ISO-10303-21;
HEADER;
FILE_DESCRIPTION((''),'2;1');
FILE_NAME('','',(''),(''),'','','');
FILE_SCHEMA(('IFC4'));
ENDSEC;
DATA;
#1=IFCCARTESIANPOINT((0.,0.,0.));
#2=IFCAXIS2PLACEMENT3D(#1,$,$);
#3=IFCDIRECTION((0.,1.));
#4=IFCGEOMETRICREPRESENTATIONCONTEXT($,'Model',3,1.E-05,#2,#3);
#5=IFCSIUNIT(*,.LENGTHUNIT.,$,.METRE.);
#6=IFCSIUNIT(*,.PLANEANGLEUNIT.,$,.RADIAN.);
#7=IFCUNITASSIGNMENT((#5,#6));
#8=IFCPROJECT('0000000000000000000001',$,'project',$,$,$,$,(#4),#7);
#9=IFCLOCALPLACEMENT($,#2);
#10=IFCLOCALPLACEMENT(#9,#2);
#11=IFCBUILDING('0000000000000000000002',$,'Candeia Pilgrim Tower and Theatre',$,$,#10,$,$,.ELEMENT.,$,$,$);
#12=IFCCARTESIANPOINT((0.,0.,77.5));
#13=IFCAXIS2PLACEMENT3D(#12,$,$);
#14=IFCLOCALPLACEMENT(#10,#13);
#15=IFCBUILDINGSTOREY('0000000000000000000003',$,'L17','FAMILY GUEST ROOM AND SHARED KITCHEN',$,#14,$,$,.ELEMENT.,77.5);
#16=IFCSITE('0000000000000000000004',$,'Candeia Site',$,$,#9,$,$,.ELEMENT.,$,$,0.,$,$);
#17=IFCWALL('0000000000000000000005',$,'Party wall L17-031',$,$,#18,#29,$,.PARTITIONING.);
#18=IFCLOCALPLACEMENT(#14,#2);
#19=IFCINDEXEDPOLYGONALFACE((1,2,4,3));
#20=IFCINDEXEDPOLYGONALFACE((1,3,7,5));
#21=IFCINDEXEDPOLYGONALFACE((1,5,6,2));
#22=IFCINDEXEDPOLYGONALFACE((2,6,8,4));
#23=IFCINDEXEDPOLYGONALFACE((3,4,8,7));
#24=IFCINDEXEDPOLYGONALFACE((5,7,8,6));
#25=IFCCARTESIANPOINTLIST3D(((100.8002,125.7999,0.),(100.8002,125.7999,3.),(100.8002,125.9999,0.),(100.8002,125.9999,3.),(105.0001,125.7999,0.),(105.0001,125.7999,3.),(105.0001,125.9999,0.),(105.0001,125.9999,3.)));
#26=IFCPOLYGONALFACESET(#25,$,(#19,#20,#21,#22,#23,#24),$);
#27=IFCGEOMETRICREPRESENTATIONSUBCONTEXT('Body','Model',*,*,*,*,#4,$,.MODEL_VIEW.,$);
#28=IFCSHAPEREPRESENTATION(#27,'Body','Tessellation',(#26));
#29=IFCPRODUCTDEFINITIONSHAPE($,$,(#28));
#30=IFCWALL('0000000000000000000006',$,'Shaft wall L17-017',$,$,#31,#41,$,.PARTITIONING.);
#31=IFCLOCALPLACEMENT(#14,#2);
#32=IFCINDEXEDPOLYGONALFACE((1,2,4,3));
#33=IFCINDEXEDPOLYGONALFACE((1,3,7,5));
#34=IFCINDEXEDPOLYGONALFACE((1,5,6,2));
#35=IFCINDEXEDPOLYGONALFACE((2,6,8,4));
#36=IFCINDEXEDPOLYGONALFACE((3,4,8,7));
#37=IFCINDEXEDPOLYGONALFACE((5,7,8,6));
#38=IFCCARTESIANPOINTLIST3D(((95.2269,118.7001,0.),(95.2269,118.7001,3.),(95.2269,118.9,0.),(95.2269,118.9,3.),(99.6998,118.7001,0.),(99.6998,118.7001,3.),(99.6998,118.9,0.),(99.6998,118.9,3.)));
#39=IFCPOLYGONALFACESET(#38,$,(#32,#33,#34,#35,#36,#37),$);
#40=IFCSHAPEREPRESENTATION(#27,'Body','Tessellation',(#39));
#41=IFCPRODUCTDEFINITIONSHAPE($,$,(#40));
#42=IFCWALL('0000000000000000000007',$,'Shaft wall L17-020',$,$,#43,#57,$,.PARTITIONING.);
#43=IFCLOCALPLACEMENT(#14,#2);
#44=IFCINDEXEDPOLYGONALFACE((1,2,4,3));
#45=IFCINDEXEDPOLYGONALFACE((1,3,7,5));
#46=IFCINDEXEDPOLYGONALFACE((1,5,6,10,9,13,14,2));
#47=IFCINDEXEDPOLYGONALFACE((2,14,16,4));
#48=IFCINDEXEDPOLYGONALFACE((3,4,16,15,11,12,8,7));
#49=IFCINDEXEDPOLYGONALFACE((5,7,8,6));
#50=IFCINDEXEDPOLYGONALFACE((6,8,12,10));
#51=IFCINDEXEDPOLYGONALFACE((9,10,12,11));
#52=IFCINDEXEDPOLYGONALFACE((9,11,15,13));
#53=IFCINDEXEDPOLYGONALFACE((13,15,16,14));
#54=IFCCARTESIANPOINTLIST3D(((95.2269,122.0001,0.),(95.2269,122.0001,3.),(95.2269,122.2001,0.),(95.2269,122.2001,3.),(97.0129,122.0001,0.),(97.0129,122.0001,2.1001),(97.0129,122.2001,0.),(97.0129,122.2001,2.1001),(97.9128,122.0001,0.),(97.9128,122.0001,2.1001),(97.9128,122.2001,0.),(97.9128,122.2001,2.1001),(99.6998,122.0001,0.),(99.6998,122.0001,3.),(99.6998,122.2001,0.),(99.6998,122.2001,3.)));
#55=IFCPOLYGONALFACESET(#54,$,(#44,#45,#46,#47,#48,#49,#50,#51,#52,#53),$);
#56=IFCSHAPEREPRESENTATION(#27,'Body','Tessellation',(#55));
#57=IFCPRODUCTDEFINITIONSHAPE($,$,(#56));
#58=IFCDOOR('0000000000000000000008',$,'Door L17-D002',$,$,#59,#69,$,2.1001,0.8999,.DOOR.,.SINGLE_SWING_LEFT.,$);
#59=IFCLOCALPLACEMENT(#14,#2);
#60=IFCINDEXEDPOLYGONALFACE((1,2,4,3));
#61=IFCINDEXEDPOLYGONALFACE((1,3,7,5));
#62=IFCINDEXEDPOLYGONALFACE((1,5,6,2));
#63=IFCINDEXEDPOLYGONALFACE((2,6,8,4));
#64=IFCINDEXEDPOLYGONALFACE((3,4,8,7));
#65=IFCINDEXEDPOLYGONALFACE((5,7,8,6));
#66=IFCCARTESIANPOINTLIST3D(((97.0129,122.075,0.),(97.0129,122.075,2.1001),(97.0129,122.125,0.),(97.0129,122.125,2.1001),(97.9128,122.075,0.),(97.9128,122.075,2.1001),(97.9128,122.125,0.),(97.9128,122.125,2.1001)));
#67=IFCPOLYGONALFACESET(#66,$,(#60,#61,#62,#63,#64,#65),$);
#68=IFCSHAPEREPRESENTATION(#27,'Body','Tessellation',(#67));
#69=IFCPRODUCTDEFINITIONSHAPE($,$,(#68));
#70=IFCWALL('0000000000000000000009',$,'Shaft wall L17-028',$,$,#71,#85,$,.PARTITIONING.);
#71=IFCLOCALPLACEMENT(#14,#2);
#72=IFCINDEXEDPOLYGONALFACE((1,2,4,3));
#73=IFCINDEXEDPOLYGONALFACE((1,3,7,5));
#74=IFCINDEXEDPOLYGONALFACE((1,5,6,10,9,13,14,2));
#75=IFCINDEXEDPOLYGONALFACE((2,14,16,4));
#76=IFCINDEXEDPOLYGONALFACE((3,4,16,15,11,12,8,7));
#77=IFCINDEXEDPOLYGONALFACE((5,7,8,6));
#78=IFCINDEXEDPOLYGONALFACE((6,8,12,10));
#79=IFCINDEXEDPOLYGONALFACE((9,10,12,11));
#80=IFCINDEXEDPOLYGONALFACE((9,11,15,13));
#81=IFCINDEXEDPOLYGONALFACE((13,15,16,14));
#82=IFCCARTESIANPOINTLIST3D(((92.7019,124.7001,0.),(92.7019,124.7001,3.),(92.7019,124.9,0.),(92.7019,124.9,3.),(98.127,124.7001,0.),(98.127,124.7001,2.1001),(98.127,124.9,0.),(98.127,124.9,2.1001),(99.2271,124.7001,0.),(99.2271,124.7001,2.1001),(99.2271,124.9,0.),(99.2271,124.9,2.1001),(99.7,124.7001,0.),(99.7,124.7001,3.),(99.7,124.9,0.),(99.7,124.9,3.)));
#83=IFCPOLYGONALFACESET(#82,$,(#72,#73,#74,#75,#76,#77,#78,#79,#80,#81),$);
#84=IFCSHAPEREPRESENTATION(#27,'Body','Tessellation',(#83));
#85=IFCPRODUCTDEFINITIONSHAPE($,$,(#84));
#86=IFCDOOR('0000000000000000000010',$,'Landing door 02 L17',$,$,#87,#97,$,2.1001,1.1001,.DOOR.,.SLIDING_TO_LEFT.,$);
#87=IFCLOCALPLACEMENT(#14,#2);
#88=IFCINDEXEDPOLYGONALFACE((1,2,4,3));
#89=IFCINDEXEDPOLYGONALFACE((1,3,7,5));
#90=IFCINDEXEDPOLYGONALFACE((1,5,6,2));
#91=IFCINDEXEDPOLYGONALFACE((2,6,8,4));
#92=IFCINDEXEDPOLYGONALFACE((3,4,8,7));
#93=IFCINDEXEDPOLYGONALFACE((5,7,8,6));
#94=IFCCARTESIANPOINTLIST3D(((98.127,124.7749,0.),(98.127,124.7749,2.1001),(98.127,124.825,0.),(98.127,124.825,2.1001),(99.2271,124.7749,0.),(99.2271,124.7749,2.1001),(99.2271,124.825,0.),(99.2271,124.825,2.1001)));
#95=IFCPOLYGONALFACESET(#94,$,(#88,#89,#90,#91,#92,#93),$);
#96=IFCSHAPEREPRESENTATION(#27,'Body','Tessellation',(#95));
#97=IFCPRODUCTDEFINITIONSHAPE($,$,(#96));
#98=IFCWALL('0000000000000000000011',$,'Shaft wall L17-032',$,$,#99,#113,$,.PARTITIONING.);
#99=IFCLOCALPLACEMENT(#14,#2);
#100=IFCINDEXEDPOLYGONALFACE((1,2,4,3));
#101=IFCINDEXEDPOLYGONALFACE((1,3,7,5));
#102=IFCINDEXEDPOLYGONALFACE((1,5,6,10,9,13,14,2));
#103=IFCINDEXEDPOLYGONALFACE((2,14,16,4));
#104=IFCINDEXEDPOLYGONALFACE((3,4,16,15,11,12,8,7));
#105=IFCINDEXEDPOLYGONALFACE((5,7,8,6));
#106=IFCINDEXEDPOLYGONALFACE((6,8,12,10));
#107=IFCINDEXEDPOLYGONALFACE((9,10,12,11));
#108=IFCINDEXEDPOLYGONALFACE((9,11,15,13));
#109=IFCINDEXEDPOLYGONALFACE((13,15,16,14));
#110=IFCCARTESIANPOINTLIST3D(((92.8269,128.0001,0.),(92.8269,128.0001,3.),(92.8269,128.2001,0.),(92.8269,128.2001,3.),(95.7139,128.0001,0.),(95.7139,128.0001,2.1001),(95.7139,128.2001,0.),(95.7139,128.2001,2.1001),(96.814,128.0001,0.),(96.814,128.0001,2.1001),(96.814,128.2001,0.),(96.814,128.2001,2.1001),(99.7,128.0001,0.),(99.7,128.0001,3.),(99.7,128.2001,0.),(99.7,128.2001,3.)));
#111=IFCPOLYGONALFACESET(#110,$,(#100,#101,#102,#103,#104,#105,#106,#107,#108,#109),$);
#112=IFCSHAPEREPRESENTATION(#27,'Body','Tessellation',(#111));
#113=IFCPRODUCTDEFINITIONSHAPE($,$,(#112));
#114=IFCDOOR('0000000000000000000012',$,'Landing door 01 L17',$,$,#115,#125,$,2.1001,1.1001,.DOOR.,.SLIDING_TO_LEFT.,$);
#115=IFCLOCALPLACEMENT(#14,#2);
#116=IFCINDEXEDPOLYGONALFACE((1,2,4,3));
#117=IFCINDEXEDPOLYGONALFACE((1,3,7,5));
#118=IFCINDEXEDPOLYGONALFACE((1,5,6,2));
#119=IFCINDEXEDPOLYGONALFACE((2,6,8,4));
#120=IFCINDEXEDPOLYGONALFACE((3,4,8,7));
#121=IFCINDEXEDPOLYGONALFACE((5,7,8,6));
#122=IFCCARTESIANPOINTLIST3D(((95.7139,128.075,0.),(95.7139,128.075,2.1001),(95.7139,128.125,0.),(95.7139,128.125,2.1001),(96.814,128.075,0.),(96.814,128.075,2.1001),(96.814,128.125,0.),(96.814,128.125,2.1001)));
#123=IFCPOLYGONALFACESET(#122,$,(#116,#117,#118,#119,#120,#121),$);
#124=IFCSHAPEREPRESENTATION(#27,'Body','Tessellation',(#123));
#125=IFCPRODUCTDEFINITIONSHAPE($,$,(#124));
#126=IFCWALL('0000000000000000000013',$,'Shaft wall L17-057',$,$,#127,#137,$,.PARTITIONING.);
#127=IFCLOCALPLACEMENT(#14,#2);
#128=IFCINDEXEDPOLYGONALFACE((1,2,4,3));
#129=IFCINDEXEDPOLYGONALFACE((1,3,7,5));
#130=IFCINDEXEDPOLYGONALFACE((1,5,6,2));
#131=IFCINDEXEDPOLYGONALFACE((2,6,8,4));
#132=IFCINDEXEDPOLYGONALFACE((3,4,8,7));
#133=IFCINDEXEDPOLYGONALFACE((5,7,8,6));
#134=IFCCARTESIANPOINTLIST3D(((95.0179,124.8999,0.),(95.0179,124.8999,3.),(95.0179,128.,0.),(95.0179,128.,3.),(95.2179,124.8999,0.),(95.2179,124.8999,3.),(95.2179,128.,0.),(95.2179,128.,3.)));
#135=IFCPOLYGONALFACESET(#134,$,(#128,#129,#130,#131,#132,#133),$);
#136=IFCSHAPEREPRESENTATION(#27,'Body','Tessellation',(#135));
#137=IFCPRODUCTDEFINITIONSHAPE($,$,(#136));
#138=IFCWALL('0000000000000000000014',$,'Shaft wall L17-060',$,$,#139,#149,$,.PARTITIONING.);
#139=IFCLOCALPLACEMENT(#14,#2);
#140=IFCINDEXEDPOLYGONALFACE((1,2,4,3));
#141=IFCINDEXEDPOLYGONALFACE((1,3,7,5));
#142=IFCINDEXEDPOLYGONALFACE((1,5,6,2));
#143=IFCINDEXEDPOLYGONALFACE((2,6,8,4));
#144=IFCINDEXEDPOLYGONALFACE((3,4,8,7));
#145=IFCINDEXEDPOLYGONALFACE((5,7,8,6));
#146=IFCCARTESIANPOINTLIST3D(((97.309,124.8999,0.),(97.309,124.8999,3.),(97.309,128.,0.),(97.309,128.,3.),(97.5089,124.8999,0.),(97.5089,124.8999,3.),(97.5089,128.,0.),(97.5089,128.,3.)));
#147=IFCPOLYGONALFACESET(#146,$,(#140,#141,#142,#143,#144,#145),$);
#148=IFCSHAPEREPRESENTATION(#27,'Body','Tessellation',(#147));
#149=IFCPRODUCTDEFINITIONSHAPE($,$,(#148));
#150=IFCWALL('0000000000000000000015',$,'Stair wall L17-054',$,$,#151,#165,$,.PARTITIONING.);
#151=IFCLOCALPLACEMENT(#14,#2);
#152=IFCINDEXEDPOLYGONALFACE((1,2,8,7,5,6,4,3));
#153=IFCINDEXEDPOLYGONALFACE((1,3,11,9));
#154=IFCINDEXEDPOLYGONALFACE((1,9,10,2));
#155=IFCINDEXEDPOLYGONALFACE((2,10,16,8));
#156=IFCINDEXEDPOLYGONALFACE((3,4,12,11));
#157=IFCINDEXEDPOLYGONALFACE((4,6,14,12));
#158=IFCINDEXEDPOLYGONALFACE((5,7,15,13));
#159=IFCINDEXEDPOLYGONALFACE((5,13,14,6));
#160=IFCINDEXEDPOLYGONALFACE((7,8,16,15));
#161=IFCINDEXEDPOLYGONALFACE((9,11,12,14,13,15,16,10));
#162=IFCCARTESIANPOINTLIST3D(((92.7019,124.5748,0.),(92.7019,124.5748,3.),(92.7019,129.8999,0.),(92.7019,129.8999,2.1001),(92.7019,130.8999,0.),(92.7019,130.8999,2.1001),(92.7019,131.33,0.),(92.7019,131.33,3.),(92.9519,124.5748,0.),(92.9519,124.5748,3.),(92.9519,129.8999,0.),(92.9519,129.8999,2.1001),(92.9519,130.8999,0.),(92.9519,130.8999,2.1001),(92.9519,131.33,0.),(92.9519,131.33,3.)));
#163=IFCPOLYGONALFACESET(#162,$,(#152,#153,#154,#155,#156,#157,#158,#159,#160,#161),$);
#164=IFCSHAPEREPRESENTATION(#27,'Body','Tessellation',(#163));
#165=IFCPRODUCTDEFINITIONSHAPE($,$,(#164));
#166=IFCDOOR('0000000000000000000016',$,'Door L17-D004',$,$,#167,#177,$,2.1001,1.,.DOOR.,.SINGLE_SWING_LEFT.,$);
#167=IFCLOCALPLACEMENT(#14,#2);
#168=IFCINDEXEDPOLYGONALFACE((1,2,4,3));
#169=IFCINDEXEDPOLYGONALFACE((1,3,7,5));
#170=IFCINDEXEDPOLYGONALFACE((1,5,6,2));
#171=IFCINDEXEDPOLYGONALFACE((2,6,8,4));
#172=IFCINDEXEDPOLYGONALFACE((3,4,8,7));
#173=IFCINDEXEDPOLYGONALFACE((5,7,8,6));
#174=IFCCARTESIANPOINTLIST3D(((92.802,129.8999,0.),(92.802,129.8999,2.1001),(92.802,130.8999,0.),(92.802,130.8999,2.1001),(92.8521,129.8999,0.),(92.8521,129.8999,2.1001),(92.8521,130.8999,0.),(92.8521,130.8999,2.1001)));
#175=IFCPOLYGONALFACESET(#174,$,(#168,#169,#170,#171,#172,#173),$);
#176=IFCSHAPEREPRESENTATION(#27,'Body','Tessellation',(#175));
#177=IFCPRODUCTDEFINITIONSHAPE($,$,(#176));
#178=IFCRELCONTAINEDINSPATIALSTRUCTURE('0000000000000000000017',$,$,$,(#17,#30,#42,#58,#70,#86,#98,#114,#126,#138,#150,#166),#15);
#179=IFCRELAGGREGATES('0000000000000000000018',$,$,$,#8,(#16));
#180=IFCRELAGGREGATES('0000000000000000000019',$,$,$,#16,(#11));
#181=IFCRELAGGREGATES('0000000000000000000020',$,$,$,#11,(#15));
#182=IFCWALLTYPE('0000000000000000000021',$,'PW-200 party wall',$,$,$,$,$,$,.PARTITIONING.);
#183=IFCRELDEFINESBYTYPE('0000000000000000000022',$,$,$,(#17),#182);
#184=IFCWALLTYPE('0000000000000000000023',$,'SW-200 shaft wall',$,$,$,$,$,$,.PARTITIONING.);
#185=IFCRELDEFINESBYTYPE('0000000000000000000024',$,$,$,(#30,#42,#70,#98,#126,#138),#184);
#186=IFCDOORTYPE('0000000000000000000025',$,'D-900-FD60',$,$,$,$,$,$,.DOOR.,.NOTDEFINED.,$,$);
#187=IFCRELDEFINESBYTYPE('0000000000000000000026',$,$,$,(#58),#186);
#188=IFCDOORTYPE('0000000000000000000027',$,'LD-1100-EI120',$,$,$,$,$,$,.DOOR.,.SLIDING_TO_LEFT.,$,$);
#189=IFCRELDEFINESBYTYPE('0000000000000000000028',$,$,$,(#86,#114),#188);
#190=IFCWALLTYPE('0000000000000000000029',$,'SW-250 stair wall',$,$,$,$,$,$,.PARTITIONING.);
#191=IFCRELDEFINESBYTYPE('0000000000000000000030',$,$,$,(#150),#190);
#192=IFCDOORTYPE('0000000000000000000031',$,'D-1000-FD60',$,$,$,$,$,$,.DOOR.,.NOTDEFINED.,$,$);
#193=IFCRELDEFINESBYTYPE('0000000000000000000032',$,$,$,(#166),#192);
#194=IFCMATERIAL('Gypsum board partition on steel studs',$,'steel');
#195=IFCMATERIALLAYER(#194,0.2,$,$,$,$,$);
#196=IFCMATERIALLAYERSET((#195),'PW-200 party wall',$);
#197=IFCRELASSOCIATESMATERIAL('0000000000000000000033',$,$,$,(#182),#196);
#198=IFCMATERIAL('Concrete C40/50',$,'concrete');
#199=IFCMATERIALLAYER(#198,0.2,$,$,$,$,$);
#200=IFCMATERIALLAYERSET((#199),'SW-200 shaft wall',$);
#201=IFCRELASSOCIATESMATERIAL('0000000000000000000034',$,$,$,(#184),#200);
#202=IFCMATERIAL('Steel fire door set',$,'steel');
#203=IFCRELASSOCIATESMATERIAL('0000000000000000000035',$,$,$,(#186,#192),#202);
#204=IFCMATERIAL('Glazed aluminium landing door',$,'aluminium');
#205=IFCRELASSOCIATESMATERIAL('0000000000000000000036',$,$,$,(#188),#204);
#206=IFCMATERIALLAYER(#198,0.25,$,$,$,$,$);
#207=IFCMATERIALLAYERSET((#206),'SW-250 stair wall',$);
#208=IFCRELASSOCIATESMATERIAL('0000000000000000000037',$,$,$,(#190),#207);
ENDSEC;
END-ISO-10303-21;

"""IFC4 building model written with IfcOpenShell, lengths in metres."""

from ifc_helpers import new_model, si_unit, direction, frame, frame_2d, origin, place, context, subcontext, project, spatial, rectangle, extrude, material, layer, layer_set, type_object, element, fill, save


model = new_model("IFC4")

# Units and contexts
model_context = context("Model", 3, precision=1e-05, world=origin(), true_north=direction((0.0, 1.0)))
body_context = subcontext(model_context, "Body", "Model", "MODEL_VIEW")
ifc_project = project(units=[si_unit("LENGTHUNIT", "METRE"), si_unit("PLANEANGLEUNIT", "RADIAN")], contexts=[model_context])

# Site, building, storey
site_placement = place(None, origin())
site = spatial("IfcSite", under=ifc_project, at=site_placement, Name="Candeia Site", CompositionType="ELEMENT", RefElevation=0.0)
building_placement = place(site_placement, origin())
building = spatial("IfcBuilding", under=site, at=building_placement, Name="Candeia Pilgrim Tower and Theatre", CompositionType="ELEMENT")
storey_placement = place(building_placement, frame((0.0, 0.0, 77.5)))
storey = spatial("IfcBuildingStorey", under=building, at=storey_placement, Name="L17", Description="FAMILY GUEST ROOM AND SHARED KITCHEN", CompositionType="ELEMENT", Elevation=77.5)

# Shared definitions
ifc_material_1 = material(Name="Gypsum board partition on steel studs", Category="steel")
ifc_material_2 = material(Name="Steel fire door set", Category="steel")

# Walls
ifc_layer_1 = layer(ifc_material_1, 0.2)
ifc_layer_set_1 = layer_set([ifc_layer_1], Name="PW-200 party wall")
wall_type_1 = type_object("IfcWallType", Name="PW-200 party wall", PredefinedType="PARTITIONING", material=ifc_layer_set_1)
wall_1_placement = place(storey_placement, frame((100.8, 125.8999, 0.0), z_axis=(0.0, 0.0, 1.0), x_axis=(1.0, 0.0, 0.0)))
element("IfcWall", 1, at=wall_1_placement, inside=storey, type_object=wall_type_1, Name="Party wall L17-031", PredefinedType="PARTITIONING", context=body_context, shape_type="SweptSolid", body=[
    extrude(rectangle(XDim=4.2, YDim=0.2, at=frame_2d((2.1001, 0.0))), origin(), (0.0, 0.0, 1.0), 3.0),
])
ifc_material_3 = material(Name="Concrete C40/50", Category="concrete")
ifc_layer_2 = layer(ifc_material_3, 0.2)
ifc_layer_set_2 = layer_set([ifc_layer_2], Name="SW-200 shaft wall")
wall_type_2 = type_object("IfcWallType", Name="SW-200 shaft wall", PredefinedType="PARTITIONING", material=ifc_layer_set_2)
wall_2_placement = place(storey_placement, frame((95.2271, 118.8, 0.0), z_axis=(0.0, 0.0, 1.0), x_axis=(1.0, 0.0, 0.0)))
element("IfcWall", 2, at=wall_2_placement, inside=storey, type_object=wall_type_2, Name="Shaft wall L17-017", PredefinedType="PARTITIONING", context=body_context, shape_type="SweptSolid", body=[
    extrude(rectangle(XDim=4.4729, YDim=0.2, at=frame_2d((2.2363, 0.0))), origin(), (0.0, 0.0, 1.0), 3.0),
])

# Walls, openings, doors
wall_3_placement = place(storey_placement, frame((95.2271, 122.1001, 0.0), z_axis=(0.0, 0.0, 1.0), x_axis=(1.0, 0.0, 0.0)))
wall_3 = element("IfcWall", 3, at=wall_3_placement, inside=storey, type_object=wall_type_2, Name="Shaft wall L17-020", PredefinedType="PARTITIONING", context=body_context, shape_type="SweptSolid", body=[
    extrude(rectangle(XDim=4.4729, YDim=0.2, at=frame_2d((2.2363, 0.0))), origin(), (0.0, 0.0, 1.0), 3.0),
])
opening_1_placement = place(wall_3_placement, frame((1.7859, 0.0, 0.0)))
opening_1 = element("IfcOpeningElement", 4, at=opening_1_placement, cuts=wall_3, PredefinedType="OPENING", context=body_context, shape_type="SweptSolid", body=[
    extrude(rectangle(XDim=0.8999, YDim=2.1001, at=frame_2d((0.45, 1.05))), frame((0.0, 0.1099, 0.0), z_axis=(0.0, -1.0, 0.0), x_axis=(1.0, 0.0, 0.0)), (0.0, 0.0, 1.0), 0.22),
])
door_type_1 = type_object("IfcDoorType", Name="D-900-FD60", OperationType="NOTDEFINED", PredefinedType="DOOR", material=ifc_material_2)
door_1_placement = place(opening_1_placement, origin())
door_1 = element("IfcDoor", 5, at=door_1_placement, inside=storey, type_object=door_type_1, Name="Door L17-D002", OperationType="SINGLE_SWING_LEFT", OverallHeight=2.1001, OverallWidth=0.8999, PredefinedType="DOOR", context=body_context, shape_type="SweptSolid", body=[
    extrude(rectangle(XDim=0.8999, YDim=2.1001, at=frame_2d((0.45, 1.05))), frame((0.0, 0.0249, 0.0), z_axis=(0.0, -1.0, 0.0), x_axis=(1.0, 0.0, 0.0)), (0.0, 0.0, 1.0), 0.05),
])
fill(opening_1, door_1)
wall_4_placement = place(storey_placement, frame((92.7019, 124.8, 0.0), z_axis=(0.0, 0.0, 1.0), x_axis=(1.0, 0.0, 0.0)))
wall_4 = element("IfcWall", 6, at=wall_4_placement, inside=storey, type_object=wall_type_2, Name="Shaft wall L17-028", PredefinedType="PARTITIONING", context=body_context, shape_type="SweptSolid", body=[
    extrude(rectangle(XDim=6.998, YDim=0.2, at=frame_2d((3.499, 0.0))), origin(), (0.0, 0.0, 1.0), 3.0),
])
opening_2_placement = place(wall_4_placement, frame((5.425, 0.0, 0.0)))
opening_2 = element("IfcOpeningElement", 7, at=opening_2_placement, cuts=wall_4, PredefinedType="OPENING", context=body_context, shape_type="SweptSolid", body=[
    extrude(rectangle(XDim=1.1001, YDim=2.1001, at=frame_2d((0.55, 1.05))), frame((0.0, 0.1099, 0.0), z_axis=(0.0, -1.0, 0.0), x_axis=(1.0, 0.0, 0.0)), (0.0, 0.0, 1.0), 0.22),
])
ifc_material_4 = material(Name="Glazed aluminium landing door", Category="aluminium")
door_type_2 = type_object("IfcDoorType", Name="LD-1100-EI120", OperationType="SLIDING_TO_LEFT", PredefinedType="DOOR", material=ifc_material_4)
door_2_placement = place(opening_2_placement, origin())
door_2 = element("IfcDoor", 8, at=door_2_placement, inside=storey, type_object=door_type_2, Name="Landing door 02 L17", OperationType="SLIDING_TO_LEFT", OverallHeight=2.1001, OverallWidth=1.1001, PredefinedType="DOOR", context=body_context, shape_type="SweptSolid", body=[
    extrude(rectangle(XDim=1.1001, YDim=2.1001, at=frame_2d((0.55, 1.05))), frame((0.0, 0.0249, 0.0), z_axis=(0.0, -1.0, 0.0), x_axis=(1.0, 0.0, 0.0)), (0.0, 0.0, 1.0), 0.05),
])
fill(opening_2, door_2)
wall_5_placement = place(storey_placement, frame((92.8269, 128.1001, 0.0), z_axis=(0.0, 0.0, 1.0), x_axis=(1.0, 0.0, 0.0)))
wall_5 = element("IfcWall", 9, at=wall_5_placement, inside=storey, type_object=wall_type_2, Name="Shaft wall L17-032", PredefinedType="PARTITIONING", context=body_context, shape_type="SweptSolid", body=[
    extrude(rectangle(XDim=6.873, YDim=0.2, at=frame_2d((3.4365, 0.0))), origin(), (0.0, 0.0, 1.0), 3.0),
])
opening_3_placement = place(wall_5_placement, frame((2.887, 0.0, 0.0)))
opening_3 = element("IfcOpeningElement", 10, at=opening_3_placement, cuts=wall_5, PredefinedType="OPENING", context=body_context, shape_type="SweptSolid", body=[
    extrude(rectangle(XDim=1.1001, YDim=2.1001, at=frame_2d((0.55, 1.05))), frame((0.0, 0.1099, 0.0), z_axis=(0.0, -1.0, 0.0), x_axis=(1.0, 0.0, 0.0)), (0.0, 0.0, 1.0), 0.22),
])
door_3_placement = place(opening_3_placement, origin())
door_3 = element("IfcDoor", 11, at=door_3_placement, inside=storey, type_object=door_type_2, Name="Landing door 01 L17", OperationType="SLIDING_TO_LEFT", OverallHeight=2.1001, OverallWidth=1.1001, PredefinedType="DOOR", context=body_context, shape_type="SweptSolid", body=[
    extrude(rectangle(XDim=1.1001, YDim=2.1001, at=frame_2d((0.55, 1.05))), frame((0.0, 0.0249, 0.0), z_axis=(0.0, -1.0, 0.0), x_axis=(1.0, 0.0, 0.0)), (0.0, 0.0, 1.0), 0.05),
])
fill(opening_3, door_3)

# Walls
for number, where, z_axis, x_axis, name in (
    (12, (95.1179, 124.8999, 0.0), (0.0, 0.0, 1.0), (0.0, 1.0, 0.0), "Shaft wall L17-057"),
    (13, (97.4089, 124.8999, 0.0), (0.0, 0.0, 1.0), (0.0, 1.0, 0.0), "Shaft wall L17-060"),
):
    element("IfcWall", number, at=place(storey_placement, frame(where, z_axis=z_axis, x_axis=x_axis)), inside=storey, type_object=wall_type_2, Name=name, PredefinedType="PARTITIONING", context=body_context, shape_type="SweptSolid", body=[
        extrude(rectangle(XDim=3.1001, YDim=0.2, at=frame_2d((1.55, 0.0))), origin(), (0.0, 0.0, 1.0), 3.0),
    ])

# Wall, opening, door
ifc_layer_3 = layer(ifc_material_3, 0.25)
ifc_layer_set_3 = layer_set([ifc_layer_3], Name="SW-250 stair wall")
wall_type_3 = type_object("IfcWallType", Name="SW-250 stair wall", PredefinedType="PARTITIONING", material=ifc_layer_set_3)
wall_6_placement = place(storey_placement, frame((92.8269, 124.575, 0.0), z_axis=(0.0, 0.0, 1.0), x_axis=(0.0, 1.0, 0.0)))
wall_6 = element("IfcWall", 14, at=wall_6_placement, inside=storey, type_object=wall_type_3, Name="Stair wall L17-054", PredefinedType="PARTITIONING", context=body_context, shape_type="SweptSolid", body=[
    extrude(rectangle(XDim=6.7551, YDim=0.25, at=frame_2d((3.3774, 0.0))), origin(), (0.0, 0.0, 1.0), 3.0),
])
opening_4_placement = place(wall_6_placement, frame((5.325, 0.0, 0.0)))
opening_4 = element("IfcOpeningElement", 15, at=opening_4_placement, cuts=wall_6, PredefinedType="OPENING", context=body_context, shape_type="SweptSolid", body=[
    extrude(rectangle(XDim=1.0, YDim=2.1001, at=frame_2d((0.5, 1.05))), frame((0.0, 0.135, 0.0), z_axis=(0.0, -1.0, 0.0), x_axis=(1.0, 0.0, 0.0)), (0.0, 0.0, 1.0), 0.27),
])
door_type_3 = type_object("IfcDoorType", Name="D-1000-FD60", OperationType="NOTDEFINED", PredefinedType="DOOR", material=ifc_material_2)
door_4_placement = place(opening_4_placement, origin())
door_4 = element("IfcDoor", 16, at=door_4_placement, inside=storey, type_object=door_type_3, Name="Door L17-D004", OperationType="SINGLE_SWING_LEFT", OverallHeight=2.1001, OverallWidth=1.0, PredefinedType="DOOR", context=body_context, shape_type="SweptSolid", body=[
    extrude(rectangle(XDim=1.0, YDim=2.1001, at=frame_2d((0.5, 1.05))), frame((0.0, 0.0249, 0.0), z_axis=(0.0, -1.0, 0.0), x_axis=(1.0, 0.0, 0.0)), (0.0, 0.0, 1.0), 0.05),
])
fill(opening_4, door_4)

save(model, "model.ifc")
